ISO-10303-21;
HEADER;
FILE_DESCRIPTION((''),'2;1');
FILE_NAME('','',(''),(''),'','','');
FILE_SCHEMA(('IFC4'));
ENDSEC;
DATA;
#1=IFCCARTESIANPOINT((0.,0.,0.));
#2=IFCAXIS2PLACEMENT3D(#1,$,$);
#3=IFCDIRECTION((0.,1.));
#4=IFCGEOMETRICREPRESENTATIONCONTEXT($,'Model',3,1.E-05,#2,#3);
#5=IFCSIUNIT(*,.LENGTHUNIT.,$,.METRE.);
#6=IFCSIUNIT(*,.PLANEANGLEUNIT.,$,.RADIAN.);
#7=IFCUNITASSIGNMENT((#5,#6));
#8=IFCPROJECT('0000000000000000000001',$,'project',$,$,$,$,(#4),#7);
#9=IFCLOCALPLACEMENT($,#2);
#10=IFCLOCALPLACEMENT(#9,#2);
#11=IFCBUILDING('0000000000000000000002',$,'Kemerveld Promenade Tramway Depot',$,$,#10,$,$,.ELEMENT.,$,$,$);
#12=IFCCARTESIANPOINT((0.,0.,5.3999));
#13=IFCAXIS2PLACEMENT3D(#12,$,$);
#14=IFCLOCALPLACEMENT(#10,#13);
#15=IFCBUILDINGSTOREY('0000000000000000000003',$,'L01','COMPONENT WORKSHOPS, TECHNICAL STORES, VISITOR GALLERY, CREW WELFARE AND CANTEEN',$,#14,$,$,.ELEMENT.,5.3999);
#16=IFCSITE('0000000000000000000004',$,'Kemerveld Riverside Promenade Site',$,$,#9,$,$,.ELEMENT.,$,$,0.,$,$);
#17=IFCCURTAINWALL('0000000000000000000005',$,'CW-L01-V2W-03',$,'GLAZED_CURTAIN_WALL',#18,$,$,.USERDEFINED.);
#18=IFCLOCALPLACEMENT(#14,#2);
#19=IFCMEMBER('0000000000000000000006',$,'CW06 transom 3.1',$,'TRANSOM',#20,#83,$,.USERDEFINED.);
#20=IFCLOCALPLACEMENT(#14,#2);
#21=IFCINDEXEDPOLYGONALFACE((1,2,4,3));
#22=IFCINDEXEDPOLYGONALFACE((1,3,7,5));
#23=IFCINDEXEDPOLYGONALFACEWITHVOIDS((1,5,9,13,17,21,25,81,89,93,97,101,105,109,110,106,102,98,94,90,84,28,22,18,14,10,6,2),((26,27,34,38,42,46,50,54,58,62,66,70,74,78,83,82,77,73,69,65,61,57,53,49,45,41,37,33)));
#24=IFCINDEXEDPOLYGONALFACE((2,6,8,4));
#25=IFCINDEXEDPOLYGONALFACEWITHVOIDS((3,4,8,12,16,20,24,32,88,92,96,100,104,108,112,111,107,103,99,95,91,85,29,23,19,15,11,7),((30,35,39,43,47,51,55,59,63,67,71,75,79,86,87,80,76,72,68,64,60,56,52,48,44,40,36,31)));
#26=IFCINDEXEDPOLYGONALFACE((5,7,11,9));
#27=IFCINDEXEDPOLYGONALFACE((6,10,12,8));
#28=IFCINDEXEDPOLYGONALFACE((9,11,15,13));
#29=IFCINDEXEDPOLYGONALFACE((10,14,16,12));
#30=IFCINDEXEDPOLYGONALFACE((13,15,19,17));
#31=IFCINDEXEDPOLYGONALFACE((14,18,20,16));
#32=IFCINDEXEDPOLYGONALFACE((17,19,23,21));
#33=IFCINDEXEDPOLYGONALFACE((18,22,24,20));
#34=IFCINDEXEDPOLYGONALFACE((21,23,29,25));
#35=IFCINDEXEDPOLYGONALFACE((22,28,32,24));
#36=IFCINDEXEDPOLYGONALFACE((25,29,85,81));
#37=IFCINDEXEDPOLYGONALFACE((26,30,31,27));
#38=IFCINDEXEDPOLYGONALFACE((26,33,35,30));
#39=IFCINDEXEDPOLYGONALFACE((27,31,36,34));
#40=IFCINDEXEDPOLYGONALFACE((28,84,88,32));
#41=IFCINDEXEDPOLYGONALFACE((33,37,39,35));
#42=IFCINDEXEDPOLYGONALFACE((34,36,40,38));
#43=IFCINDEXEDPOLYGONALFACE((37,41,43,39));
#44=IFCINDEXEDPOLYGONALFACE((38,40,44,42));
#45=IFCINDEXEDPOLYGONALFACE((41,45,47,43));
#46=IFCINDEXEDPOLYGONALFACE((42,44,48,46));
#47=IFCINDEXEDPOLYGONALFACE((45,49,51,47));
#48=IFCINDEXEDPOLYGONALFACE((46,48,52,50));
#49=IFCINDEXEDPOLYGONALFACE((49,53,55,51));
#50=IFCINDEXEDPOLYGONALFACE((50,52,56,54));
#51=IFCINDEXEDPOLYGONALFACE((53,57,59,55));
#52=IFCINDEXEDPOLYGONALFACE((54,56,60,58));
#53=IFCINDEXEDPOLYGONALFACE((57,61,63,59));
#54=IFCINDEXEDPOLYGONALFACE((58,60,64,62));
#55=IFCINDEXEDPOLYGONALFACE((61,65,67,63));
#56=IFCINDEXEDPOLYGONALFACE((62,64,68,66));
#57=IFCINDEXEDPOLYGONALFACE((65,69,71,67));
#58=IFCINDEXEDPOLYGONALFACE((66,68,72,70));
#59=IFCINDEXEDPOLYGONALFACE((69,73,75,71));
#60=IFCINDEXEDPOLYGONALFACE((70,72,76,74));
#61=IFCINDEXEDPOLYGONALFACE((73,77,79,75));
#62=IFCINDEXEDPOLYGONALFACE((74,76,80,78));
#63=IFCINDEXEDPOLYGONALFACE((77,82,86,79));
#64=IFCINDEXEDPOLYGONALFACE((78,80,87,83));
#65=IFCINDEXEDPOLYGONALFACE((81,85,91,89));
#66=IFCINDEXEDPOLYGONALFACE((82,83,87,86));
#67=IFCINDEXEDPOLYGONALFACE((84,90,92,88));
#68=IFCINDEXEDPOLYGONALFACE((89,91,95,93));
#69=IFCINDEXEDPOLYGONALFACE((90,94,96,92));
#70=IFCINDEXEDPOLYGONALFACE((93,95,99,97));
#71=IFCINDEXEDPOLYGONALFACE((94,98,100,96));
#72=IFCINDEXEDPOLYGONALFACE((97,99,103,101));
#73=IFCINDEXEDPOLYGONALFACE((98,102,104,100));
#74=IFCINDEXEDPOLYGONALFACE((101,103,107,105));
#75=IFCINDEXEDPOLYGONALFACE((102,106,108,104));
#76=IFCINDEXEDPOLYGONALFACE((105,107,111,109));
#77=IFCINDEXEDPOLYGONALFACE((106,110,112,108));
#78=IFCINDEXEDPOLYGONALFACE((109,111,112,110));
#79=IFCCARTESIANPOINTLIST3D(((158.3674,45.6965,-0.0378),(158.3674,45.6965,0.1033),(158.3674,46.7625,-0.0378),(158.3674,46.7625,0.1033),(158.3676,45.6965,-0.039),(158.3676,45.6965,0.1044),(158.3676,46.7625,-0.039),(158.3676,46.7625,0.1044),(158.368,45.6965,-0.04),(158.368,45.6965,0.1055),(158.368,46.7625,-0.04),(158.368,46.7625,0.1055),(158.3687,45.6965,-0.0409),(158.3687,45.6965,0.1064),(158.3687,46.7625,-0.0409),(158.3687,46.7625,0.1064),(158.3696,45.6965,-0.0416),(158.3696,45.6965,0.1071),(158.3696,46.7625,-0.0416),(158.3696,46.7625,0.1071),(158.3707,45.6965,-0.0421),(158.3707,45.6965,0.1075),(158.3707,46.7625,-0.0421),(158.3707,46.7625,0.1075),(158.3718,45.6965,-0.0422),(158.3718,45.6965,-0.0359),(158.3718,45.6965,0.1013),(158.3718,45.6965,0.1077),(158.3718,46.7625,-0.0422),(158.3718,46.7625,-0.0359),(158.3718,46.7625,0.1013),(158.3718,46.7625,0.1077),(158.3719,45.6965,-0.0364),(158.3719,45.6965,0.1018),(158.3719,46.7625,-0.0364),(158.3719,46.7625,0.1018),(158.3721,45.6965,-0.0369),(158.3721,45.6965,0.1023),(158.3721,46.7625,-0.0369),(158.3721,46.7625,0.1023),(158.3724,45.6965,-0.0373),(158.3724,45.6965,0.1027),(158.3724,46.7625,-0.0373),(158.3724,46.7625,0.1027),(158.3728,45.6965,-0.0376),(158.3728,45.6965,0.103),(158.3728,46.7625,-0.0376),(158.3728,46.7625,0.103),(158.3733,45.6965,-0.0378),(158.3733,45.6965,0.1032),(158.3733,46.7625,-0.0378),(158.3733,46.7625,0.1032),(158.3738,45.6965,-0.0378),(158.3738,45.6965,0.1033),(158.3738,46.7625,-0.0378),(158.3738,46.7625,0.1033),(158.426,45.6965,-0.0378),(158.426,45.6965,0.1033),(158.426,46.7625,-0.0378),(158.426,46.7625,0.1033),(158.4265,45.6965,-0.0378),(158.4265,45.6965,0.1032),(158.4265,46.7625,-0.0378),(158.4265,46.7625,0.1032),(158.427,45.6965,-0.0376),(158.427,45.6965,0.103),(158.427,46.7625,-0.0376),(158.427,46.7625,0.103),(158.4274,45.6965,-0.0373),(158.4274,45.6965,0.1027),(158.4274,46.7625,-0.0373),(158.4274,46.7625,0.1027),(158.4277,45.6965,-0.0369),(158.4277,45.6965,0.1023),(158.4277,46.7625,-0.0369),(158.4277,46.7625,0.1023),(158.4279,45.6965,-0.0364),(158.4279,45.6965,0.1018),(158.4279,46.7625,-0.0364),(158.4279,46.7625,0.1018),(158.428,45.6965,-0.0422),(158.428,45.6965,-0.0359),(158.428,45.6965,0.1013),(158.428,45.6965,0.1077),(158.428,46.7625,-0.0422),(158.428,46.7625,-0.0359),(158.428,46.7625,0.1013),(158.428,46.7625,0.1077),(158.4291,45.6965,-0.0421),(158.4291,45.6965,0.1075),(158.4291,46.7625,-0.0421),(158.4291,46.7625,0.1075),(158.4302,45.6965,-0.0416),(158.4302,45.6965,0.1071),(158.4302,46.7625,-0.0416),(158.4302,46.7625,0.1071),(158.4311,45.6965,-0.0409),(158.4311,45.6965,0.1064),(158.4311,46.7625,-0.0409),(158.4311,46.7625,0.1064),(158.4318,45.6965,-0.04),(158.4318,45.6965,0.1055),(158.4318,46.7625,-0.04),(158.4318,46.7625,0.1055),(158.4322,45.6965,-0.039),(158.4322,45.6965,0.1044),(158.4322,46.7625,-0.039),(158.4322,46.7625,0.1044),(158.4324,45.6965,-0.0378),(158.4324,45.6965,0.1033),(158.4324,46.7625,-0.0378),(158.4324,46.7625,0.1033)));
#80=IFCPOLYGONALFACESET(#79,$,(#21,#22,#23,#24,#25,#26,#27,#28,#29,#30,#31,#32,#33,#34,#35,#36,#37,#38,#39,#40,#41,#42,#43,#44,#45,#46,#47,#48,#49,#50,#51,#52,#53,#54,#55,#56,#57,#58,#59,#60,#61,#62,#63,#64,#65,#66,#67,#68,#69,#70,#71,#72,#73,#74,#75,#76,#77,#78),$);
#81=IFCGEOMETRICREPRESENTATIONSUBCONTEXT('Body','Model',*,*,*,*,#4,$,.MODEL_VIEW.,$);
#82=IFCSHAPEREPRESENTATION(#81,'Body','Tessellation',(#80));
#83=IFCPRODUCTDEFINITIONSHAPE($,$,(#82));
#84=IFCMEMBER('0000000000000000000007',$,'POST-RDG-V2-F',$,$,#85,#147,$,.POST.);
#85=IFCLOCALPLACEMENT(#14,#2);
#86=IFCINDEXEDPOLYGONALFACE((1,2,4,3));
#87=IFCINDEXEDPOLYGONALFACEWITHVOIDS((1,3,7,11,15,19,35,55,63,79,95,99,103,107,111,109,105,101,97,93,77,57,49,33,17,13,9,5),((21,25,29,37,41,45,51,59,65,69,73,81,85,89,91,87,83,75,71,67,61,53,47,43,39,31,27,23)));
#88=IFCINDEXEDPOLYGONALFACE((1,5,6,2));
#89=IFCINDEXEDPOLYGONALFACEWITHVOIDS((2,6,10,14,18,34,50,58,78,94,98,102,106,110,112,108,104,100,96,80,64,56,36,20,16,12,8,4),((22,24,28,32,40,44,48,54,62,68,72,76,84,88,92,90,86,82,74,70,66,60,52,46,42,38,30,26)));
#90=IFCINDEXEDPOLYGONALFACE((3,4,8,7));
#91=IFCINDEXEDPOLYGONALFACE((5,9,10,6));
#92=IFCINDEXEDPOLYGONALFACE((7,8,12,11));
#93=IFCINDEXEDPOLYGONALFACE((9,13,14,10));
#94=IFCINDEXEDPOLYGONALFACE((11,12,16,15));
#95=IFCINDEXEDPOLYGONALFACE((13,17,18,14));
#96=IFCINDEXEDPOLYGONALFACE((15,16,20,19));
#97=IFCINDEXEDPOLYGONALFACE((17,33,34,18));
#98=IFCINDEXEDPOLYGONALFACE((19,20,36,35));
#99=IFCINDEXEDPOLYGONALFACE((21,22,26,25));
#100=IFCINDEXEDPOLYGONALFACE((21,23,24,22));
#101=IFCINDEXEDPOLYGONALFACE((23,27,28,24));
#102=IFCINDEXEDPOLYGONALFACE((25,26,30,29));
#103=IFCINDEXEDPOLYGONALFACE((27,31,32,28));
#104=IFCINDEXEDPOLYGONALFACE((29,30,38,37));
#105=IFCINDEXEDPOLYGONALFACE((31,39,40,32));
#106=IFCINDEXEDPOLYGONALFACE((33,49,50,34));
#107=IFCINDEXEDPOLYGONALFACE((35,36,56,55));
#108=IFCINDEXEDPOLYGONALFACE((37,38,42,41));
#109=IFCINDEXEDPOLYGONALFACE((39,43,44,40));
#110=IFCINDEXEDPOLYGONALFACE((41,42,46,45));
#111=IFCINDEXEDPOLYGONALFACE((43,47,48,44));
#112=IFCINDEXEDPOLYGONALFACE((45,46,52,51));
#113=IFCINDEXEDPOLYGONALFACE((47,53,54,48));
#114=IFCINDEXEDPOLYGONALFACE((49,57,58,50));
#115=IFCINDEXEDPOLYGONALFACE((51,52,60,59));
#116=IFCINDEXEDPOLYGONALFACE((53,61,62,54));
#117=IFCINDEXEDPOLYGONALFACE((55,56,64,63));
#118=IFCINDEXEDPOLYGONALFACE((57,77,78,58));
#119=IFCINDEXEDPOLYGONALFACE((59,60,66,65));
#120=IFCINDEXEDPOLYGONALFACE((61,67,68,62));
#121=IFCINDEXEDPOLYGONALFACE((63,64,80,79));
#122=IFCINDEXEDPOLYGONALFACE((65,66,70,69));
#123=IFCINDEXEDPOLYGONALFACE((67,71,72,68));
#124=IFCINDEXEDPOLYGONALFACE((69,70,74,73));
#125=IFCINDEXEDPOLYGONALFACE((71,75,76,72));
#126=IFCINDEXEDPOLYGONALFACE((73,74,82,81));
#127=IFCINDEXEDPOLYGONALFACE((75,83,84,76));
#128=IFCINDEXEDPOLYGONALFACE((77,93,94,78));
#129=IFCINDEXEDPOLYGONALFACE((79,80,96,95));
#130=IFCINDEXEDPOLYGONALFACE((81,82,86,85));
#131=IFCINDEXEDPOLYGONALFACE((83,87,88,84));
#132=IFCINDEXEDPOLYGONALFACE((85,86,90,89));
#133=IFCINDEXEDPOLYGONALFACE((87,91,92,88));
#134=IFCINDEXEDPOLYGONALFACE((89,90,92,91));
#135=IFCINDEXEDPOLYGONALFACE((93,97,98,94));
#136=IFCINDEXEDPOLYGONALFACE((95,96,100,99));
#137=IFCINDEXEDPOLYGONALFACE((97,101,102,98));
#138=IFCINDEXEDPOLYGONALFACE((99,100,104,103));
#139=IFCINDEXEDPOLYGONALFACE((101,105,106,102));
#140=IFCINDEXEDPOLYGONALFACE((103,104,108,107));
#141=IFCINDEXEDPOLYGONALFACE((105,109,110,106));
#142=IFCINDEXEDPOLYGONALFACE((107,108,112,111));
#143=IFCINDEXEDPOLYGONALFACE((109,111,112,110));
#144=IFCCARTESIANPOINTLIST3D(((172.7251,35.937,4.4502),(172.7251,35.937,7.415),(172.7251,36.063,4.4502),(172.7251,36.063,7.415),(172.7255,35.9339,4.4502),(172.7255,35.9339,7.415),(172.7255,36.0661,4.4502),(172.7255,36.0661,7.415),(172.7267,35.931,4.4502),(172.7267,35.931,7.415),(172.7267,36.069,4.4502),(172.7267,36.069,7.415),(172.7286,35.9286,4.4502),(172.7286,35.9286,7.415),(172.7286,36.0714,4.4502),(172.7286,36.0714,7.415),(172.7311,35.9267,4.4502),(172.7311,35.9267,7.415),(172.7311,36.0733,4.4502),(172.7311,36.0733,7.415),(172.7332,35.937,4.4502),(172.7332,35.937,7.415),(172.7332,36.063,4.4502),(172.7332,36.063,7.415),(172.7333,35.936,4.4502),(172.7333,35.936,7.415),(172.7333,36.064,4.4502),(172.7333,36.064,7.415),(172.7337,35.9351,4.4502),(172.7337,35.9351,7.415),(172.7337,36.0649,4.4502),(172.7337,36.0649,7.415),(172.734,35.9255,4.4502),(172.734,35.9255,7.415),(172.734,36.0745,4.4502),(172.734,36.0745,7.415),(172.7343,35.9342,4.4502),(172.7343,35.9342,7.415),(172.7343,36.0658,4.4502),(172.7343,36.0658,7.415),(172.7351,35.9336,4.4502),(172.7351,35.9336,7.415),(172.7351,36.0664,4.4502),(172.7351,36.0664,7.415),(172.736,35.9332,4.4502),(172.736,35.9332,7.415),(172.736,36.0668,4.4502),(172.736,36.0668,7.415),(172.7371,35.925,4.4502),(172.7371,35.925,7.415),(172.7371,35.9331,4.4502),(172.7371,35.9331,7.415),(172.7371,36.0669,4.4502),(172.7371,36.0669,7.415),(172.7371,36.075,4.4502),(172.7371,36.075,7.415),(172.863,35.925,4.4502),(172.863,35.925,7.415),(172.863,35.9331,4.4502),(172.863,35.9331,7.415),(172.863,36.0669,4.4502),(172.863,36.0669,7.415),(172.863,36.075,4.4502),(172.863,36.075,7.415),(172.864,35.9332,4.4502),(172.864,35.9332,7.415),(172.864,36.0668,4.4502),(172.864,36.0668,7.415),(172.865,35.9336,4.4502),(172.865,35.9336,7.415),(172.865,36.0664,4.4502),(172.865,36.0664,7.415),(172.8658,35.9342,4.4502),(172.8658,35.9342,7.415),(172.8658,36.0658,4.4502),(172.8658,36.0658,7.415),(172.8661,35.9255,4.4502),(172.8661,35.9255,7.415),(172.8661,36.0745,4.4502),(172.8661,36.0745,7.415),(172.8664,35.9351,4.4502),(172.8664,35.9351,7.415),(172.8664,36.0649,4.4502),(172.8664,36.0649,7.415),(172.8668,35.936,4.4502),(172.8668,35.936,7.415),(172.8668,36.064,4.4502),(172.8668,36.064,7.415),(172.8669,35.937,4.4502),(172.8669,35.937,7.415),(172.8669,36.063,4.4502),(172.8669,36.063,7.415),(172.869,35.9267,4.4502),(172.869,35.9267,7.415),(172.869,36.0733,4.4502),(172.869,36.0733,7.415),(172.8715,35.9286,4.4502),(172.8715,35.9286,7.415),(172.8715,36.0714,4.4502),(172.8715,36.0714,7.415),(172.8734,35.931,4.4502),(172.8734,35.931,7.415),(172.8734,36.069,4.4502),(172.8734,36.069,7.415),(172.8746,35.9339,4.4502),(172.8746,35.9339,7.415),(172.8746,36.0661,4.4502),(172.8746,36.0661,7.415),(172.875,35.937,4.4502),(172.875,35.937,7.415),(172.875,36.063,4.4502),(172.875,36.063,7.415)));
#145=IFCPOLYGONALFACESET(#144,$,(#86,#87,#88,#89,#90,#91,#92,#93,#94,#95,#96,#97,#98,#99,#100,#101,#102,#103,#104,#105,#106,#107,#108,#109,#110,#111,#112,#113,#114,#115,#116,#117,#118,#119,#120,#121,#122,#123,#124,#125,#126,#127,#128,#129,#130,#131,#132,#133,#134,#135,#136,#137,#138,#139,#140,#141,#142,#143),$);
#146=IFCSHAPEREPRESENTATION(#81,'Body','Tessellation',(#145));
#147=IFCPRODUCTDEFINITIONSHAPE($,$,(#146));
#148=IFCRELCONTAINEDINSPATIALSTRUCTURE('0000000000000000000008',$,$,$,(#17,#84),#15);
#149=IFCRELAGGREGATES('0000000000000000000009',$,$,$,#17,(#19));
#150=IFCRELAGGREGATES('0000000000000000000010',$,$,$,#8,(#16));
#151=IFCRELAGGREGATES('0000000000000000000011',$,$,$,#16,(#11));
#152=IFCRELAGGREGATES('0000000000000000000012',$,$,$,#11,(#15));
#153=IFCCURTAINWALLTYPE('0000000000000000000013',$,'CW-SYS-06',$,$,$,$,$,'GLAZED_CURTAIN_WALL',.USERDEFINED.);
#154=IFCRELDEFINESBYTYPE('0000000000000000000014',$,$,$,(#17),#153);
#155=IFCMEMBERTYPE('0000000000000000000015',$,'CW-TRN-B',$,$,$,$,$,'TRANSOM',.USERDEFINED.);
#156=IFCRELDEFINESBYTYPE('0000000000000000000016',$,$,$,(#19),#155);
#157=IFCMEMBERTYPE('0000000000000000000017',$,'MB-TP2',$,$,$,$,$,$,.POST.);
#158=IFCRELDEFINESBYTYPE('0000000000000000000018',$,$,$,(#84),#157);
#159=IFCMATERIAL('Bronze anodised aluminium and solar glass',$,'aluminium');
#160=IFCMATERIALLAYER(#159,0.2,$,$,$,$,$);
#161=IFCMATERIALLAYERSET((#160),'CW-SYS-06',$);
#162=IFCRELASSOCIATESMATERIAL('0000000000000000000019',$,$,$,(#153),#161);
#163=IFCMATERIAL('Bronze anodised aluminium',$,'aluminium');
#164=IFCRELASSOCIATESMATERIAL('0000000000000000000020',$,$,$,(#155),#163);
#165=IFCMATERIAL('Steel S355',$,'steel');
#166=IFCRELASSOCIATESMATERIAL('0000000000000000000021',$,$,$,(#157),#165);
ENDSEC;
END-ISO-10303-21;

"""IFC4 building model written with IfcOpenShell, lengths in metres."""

from ifc_helpers import new_model, si_unit, direction, frame, origin, origin_2d, place, context, subcontext, project, spatial, hollow_rectangle, extrude, material, layer, layer_set, material_profile, profile_set, type_object, element, aggregate, save


model = new_model("IFC4")

# Units and contexts
model_context = context("Model", 3, precision=1e-05, world=origin(), true_north=direction((0.0, 1.0)))
body_context = subcontext(model_context, "Body", "Model", "MODEL_VIEW")
ifc_project = project(units=[si_unit("LENGTHUNIT", "METRE"), si_unit("PLANEANGLEUNIT", "RADIAN")], contexts=[model_context])

# Site, building, storey
site_placement = place(None, origin())
site = spatial("IfcSite", under=ifc_project, at=site_placement, Name="Kemerveld Riverside Promenade Site", CompositionType="ELEMENT", RefElevation=0.0)
building_placement = place(site_placement, origin())
building = spatial("IfcBuilding", under=site, at=building_placement, Name="Kemerveld Promenade Tramway Depot", CompositionType="ELEMENT")
storey_placement = place(building_placement, frame((0.0, 0.0, 5.3999)))
storey = spatial("IfcBuildingStorey", under=building, at=storey_placement, Name="L01", Description="COMPONENT WORKSHOPS, TECHNICAL STORES, VISITOR GALLERY, CREW WELFARE AND CANTEEN", CompositionType="ELEMENT", Elevation=5.3999)

# Shared definitions
ifc_material_1 = material(Name="Steel S355", Category="steel")

# Curtain wall, member
ifc_material_2 = material(Name="Bronze anodised aluminium and solar glass", Category="aluminium")
ifc_layer_1 = layer(ifc_material_2, 0.2)
ifc_layer_set_1 = layer_set([ifc_layer_1], Name="CW-SYS-06")
curtain_wall_type = type_object("IfcCurtainWallType", Name="CW-SYS-06", ElementType="GLAZED_CURTAIN_WALL", PredefinedType="USERDEFINED", material=ifc_layer_set_1)
curtain_wall_placement = place(storey_placement, origin())
curtain_wall = element("IfcCurtainWall", 1, at=curtain_wall_placement, inside=storey, type_object=curtain_wall_type, Name="CW-L01-V2W-03", ObjectType="GLAZED_CURTAIN_WALL", PredefinedType="USERDEFINED")
ifc_material_3 = material(Name="Bronze anodised aluminium", Category="aluminium")
ifc_material_profile_1 = material_profile(ifc_material_3, hollow_rectangle(XDim=0.0649, YDim=0.1499, WallThickness=0.0044, InnerFilletRadius=0.002, OuterFilletRadius=0.0044, at=origin_2d()), Name="CW-TRN-150x65")
ifc_profile_set_1 = profile_set([ifc_material_profile_1], Name="Bronze anodised aluminium")
member_type_1 = type_object("IfcMemberType", Name="CW-TRN-B", ElementType="TRANSOM", PredefinedType="USERDEFINED", material=ifc_profile_set_1)
member_1_placement = place(storey_placement, frame((158.3999, 45.6965, 0.0327), z_axis=(0.0, 1.0, 0.0), x_axis=(-1.0, 0.0, 0.0)))
member_1 = element("IfcMember", 2, at=member_1_placement, type_object=member_type_1, Name="CW06 transom 3.1", ObjectType="TRANSOM", PredefinedType="USERDEFINED", context=body_context, shape_type="SweptSolid", body=[
    extrude(hollow_rectangle(XDim=0.0649, YDim=0.1499, WallThickness=0.0044, InnerFilletRadius=0.002, OuterFilletRadius=0.0044, at=origin_2d()), origin(), (0.0, 0.0, 1.0), 1.0659),
])

# Member
ifc_material_profile_2 = material_profile(ifc_material_1, hollow_rectangle(XDim=0.1499, YDim=0.1499, WallThickness=0.0081, InnerFilletRadius=0.0039, OuterFilletRadius=0.012, at=origin_2d()), Name="150x150x8.0 SHS")
ifc_profile_set_2 = profile_set([ifc_material_profile_2], Name="Steel S355")
member_type_2 = type_object("IfcMemberType", Name="MB-TP2", PredefinedType="POST", material=ifc_profile_set_2)
for number, where, z_axis, x_axis, name in (
    (3, (172.8, 36.0, 4.4502), (0.0, 0.0, 1.0), (1.0, 0.0, 0.0), "POST-RDG-V2-F"),
):
    element("IfcMember", number, at=place(storey_placement, frame(where, z_axis=z_axis, x_axis=x_axis)), inside=storey, type_object=member_type_2, Name=name, PredefinedType="POST", context=body_context, shape_type="SweptSolid", body=[
        extrude(hollow_rectangle(XDim=0.1499, YDim=0.1499, WallThickness=0.0081, InnerFilletRadius=0.0039, OuterFilletRadius=0.012, at=origin_2d()), origin(), (0.0, 0.0, 1.0), 2.9648),
    ])

aggregate(curtain_wall, [member_1])

save(model, "model.ifc")
